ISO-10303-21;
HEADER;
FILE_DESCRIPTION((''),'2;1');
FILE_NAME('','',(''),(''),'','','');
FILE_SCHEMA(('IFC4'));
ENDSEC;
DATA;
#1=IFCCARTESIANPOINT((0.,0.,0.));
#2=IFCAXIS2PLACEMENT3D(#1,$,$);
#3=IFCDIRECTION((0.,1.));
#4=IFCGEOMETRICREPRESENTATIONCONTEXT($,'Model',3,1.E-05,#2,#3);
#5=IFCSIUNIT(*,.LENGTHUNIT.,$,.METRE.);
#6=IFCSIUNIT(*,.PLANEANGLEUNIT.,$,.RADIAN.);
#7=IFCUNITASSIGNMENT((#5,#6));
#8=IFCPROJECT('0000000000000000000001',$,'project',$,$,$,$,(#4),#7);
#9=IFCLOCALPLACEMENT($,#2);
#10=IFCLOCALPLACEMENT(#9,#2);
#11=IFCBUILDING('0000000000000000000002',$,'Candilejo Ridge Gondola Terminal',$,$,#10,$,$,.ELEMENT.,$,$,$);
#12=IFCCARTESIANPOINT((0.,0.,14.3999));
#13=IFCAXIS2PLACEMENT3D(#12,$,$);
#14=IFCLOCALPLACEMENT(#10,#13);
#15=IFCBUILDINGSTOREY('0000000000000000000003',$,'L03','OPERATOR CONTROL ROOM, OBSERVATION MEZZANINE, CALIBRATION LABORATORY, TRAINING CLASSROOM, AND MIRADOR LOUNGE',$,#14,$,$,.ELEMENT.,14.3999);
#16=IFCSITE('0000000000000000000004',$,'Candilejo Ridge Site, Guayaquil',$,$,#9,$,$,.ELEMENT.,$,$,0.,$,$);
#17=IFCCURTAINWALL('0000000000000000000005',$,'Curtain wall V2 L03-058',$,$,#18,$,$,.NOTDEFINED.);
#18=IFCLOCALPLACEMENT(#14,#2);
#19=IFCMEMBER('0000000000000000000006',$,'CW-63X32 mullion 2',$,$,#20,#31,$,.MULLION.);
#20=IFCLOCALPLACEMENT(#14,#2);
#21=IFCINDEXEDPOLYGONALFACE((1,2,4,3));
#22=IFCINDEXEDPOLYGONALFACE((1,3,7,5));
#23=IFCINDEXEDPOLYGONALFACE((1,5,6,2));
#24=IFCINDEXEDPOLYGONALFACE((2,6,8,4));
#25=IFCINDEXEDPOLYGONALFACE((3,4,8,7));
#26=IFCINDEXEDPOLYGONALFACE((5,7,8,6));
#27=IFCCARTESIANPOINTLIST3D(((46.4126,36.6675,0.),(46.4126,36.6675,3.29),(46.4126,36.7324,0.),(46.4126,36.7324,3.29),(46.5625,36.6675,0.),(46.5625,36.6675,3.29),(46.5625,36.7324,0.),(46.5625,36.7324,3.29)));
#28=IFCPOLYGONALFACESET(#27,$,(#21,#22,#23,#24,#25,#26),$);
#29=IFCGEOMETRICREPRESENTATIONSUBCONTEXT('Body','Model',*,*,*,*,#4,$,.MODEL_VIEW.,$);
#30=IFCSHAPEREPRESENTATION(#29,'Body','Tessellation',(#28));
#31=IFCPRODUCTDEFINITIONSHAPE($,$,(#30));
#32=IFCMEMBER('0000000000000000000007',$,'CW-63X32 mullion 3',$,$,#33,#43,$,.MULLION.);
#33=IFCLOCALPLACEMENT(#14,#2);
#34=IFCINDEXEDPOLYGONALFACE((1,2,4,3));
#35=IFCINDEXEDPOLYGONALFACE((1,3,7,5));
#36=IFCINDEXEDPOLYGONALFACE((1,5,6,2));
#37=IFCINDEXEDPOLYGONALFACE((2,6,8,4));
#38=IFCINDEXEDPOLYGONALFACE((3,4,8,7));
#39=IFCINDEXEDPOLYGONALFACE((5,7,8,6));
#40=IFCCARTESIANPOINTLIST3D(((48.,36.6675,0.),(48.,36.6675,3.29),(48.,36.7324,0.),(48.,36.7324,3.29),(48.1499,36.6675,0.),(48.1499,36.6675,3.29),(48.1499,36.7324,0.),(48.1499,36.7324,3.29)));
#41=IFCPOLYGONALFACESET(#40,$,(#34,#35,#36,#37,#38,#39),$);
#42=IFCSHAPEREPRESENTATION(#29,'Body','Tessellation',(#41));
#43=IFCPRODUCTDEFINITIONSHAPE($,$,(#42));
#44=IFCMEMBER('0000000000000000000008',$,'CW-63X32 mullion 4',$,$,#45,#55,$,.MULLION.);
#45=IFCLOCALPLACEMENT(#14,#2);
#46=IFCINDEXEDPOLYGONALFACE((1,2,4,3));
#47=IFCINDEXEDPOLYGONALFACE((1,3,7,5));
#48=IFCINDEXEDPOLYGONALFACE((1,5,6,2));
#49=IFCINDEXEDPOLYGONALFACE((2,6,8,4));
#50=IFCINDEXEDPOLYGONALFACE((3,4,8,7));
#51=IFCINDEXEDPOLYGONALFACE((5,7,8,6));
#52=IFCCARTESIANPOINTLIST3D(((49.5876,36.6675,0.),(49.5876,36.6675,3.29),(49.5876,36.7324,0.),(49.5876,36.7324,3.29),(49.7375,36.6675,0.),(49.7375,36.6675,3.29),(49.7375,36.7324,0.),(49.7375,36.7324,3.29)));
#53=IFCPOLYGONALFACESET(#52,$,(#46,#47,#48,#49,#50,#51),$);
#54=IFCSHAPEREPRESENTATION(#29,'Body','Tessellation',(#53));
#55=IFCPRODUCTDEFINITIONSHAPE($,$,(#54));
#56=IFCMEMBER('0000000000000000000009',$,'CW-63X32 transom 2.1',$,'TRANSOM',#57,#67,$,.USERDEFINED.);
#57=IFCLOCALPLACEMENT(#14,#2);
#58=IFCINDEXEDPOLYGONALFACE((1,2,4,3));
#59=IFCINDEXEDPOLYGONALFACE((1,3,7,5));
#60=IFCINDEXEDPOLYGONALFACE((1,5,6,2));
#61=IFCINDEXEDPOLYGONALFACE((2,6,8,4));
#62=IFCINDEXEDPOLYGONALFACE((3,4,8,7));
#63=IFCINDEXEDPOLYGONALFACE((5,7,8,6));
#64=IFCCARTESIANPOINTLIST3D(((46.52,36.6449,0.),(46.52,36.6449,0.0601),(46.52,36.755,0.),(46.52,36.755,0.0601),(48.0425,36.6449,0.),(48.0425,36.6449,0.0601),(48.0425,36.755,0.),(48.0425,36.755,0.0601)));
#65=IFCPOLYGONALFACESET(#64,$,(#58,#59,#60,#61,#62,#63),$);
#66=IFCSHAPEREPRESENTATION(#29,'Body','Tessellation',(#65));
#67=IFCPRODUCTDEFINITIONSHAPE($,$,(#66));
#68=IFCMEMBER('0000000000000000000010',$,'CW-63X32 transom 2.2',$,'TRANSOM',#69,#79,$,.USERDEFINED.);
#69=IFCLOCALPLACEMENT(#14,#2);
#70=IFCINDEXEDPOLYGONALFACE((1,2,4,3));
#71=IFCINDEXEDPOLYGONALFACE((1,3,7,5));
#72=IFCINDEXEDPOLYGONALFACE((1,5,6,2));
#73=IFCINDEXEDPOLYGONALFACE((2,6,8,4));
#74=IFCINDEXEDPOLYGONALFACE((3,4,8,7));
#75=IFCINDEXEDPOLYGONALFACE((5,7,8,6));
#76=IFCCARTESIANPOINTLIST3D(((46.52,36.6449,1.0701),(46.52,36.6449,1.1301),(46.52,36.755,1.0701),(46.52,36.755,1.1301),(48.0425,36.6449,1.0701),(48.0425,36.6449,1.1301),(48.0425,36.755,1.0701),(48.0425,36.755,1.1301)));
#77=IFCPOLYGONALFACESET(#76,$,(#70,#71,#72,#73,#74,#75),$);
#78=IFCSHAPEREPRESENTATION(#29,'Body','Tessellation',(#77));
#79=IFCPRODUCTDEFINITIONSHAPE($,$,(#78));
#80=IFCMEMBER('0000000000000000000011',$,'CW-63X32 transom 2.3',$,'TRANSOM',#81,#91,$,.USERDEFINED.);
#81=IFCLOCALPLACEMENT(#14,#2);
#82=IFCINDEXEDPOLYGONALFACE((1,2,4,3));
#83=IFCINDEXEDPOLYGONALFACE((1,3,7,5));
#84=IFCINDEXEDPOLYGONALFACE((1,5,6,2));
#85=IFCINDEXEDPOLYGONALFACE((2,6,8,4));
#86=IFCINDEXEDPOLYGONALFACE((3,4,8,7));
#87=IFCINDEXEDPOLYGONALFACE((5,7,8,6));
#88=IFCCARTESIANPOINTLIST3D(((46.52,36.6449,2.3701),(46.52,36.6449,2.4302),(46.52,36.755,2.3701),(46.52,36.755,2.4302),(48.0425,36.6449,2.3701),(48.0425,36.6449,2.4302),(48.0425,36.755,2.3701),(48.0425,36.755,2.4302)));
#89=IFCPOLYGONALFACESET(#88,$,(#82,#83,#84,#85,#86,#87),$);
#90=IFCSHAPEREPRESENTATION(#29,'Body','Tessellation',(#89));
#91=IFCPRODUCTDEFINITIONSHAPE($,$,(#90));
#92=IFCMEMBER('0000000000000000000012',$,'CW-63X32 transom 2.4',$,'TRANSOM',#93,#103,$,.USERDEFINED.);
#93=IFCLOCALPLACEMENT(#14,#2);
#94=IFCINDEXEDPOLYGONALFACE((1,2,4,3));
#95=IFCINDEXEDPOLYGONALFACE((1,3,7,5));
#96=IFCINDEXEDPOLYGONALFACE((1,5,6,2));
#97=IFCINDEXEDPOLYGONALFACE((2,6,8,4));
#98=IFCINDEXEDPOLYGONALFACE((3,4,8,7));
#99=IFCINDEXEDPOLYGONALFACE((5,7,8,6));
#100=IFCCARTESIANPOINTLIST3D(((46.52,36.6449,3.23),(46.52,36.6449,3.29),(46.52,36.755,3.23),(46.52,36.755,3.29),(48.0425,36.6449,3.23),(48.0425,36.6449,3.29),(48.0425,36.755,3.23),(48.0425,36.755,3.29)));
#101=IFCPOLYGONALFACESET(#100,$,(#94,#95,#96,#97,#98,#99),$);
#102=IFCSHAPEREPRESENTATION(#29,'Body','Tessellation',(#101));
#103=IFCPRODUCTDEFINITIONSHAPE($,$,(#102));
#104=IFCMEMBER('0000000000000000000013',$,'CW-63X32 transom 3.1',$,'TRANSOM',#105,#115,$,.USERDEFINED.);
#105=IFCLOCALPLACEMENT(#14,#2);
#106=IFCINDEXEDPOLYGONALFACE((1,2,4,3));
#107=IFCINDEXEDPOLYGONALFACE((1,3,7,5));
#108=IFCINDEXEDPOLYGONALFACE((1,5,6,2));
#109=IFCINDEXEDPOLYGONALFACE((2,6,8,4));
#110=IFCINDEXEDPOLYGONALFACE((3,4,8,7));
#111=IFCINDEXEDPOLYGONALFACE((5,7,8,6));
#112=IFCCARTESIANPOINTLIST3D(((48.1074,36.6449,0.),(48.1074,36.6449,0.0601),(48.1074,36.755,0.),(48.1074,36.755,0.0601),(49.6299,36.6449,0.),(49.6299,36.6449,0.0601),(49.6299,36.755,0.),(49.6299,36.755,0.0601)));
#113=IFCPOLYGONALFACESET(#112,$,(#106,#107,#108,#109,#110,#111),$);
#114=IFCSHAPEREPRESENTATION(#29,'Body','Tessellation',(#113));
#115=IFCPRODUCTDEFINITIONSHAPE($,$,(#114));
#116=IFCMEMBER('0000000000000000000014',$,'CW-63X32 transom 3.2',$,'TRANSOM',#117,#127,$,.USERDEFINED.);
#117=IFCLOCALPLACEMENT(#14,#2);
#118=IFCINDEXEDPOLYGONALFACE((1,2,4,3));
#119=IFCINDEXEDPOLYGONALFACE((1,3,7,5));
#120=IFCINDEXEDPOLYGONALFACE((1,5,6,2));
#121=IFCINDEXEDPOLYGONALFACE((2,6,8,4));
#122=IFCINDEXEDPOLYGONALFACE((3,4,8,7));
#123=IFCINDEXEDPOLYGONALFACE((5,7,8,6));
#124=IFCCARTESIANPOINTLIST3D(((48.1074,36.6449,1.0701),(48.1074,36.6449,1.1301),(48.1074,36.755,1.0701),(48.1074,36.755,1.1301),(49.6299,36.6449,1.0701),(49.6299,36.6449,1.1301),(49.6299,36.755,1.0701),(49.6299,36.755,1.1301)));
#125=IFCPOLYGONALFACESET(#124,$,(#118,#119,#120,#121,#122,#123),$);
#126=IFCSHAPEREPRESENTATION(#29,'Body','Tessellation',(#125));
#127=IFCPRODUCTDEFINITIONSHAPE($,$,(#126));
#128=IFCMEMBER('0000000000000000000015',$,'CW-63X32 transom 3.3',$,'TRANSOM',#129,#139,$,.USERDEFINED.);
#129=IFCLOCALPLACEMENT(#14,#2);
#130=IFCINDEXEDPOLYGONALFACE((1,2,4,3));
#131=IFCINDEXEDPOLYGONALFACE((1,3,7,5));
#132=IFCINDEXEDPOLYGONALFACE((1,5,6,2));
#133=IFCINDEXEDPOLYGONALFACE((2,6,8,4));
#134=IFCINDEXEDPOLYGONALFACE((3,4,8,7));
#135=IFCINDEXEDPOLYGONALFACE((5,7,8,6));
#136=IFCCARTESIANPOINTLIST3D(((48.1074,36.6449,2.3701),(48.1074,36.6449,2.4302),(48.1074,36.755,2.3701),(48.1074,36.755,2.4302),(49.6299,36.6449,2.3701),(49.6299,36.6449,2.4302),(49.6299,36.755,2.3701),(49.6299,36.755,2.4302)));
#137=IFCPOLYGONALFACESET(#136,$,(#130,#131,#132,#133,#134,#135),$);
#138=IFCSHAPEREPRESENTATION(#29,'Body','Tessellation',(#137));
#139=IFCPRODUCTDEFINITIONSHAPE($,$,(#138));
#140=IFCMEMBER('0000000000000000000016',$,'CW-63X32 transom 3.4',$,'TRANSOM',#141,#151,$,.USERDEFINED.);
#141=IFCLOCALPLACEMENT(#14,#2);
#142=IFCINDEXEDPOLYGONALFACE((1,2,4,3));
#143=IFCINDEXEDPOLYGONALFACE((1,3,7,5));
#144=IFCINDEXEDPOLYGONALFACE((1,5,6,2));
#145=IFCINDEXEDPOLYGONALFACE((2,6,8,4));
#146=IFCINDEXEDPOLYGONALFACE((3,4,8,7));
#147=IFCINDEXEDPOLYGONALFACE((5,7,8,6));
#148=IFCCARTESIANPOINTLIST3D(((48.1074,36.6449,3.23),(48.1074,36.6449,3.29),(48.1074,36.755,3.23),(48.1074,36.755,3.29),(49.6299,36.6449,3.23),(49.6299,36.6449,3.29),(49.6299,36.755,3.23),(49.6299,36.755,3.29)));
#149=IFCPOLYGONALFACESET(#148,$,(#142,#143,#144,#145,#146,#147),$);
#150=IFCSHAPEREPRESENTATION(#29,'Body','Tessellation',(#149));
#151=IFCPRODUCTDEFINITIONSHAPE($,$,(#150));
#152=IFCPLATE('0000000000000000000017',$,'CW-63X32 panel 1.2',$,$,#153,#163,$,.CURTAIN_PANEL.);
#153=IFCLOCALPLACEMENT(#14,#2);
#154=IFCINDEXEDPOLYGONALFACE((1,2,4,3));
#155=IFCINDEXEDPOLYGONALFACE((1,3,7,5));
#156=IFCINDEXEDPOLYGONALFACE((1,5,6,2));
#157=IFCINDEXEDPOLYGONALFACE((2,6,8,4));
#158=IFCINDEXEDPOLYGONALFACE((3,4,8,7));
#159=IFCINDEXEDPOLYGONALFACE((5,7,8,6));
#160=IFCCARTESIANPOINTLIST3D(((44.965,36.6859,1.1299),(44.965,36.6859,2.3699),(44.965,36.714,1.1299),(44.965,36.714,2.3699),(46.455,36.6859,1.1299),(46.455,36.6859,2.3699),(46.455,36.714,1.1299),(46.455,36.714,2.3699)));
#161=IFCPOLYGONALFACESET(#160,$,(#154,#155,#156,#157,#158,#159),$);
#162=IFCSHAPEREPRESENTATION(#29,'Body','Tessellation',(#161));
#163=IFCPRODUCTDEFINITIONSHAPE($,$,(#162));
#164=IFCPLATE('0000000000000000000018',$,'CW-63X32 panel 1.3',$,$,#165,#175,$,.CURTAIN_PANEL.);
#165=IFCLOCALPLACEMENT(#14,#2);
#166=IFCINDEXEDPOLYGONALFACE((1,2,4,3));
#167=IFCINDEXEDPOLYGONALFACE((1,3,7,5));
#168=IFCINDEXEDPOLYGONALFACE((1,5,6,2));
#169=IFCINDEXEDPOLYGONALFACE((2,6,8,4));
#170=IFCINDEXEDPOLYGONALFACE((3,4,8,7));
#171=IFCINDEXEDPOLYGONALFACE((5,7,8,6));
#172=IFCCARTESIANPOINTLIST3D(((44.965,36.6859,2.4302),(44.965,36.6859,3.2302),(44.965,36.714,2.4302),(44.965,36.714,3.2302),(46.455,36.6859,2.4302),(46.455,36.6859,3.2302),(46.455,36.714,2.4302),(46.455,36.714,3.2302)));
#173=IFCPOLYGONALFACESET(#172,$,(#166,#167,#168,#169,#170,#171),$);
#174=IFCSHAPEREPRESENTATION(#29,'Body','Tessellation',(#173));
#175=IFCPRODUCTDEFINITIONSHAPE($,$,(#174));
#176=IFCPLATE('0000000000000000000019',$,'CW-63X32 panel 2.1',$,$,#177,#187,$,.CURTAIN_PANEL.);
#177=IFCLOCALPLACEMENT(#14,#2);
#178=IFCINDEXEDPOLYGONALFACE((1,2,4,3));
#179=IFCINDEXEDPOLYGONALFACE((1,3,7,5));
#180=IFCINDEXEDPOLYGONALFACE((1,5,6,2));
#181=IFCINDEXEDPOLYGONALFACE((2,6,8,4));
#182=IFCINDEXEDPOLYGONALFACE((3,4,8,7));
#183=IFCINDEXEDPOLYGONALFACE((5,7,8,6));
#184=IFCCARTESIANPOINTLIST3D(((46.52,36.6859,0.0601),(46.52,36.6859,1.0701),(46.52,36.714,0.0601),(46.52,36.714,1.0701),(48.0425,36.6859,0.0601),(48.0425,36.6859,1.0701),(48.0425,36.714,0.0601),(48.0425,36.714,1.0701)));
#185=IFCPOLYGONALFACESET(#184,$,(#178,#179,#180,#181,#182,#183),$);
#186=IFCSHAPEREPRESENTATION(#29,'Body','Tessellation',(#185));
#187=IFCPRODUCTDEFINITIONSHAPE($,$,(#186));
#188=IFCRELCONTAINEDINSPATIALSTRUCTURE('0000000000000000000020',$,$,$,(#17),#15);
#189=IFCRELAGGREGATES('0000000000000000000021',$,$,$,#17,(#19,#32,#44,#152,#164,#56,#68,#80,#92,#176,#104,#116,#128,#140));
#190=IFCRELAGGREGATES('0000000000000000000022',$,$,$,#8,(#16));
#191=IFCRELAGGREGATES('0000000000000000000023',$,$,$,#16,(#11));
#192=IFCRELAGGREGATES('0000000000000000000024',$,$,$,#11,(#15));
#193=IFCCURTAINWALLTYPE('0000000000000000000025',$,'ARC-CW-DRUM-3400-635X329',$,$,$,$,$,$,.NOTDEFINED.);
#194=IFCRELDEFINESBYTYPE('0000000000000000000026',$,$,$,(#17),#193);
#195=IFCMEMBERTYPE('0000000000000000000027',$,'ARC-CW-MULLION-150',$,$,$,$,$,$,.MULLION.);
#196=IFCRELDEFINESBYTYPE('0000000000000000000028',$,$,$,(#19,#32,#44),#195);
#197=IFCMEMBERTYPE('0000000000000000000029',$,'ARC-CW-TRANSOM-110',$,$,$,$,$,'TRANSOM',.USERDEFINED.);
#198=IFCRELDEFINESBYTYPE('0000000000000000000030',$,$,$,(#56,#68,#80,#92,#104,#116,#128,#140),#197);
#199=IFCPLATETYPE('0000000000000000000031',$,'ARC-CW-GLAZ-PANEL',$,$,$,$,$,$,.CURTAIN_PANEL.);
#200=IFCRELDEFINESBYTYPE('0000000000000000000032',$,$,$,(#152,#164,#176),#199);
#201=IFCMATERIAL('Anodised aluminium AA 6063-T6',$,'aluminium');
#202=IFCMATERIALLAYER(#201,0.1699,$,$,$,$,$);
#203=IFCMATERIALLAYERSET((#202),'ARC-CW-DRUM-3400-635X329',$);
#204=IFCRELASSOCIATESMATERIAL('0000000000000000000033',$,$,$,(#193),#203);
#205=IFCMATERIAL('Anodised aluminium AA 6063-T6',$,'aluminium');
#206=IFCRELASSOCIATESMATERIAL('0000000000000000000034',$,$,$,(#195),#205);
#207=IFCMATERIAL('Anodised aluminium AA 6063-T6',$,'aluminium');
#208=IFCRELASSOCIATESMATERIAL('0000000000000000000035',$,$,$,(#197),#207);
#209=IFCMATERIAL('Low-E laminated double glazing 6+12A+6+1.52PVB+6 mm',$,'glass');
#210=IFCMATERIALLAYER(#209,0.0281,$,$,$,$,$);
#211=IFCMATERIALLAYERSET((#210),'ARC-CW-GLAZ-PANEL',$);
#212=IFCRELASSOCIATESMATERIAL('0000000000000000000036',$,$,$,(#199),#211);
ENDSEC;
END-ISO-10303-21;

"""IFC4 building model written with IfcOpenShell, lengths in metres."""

from ifc_helpers import new_model, si_unit, direction, frame, origin, origin_2d, place, context, subcontext, project, spatial, rectangle, extrude, material, layer, layer_set, material_profile, profile_set, type_object, element, aggregate, save


model = new_model("IFC4")

# Units and contexts
model_context = context("Model", 3, precision=1e-05, world=origin(), true_north=direction((0.0, 1.0)))
body_context = subcontext(model_context, "Body", "Model", "MODEL_VIEW")
ifc_project = project(units=[si_unit("LENGTHUNIT", "METRE"), si_unit("PLANEANGLEUNIT", "RADIAN")], contexts=[model_context])

# Site, building, storey
site_placement = place(None, origin())
site = spatial("IfcSite", under=ifc_project, at=site_placement, Name="Candilejo Ridge Site, Guayaquil", CompositionType="ELEMENT", RefElevation=0.0)
building_placement = place(site_placement, origin())
building = spatial("IfcBuilding", under=site, at=building_placement, Name="Candilejo Ridge Gondola Terminal", CompositionType="ELEMENT")
storey_placement = place(building_placement, frame((0.0, 0.0, 14.3999)))
storey = spatial("IfcBuildingStorey", under=building, at=storey_placement, Name="L03", Description="OPERATOR CONTROL ROOM, OBSERVATION MEZZANINE, CALIBRATION LABORATORY, TRAINING CLASSROOM, AND MIRADOR LOUNGE", CompositionType="ELEMENT", Elevation=14.3999)

# Curtain wall, members, plates
ifc_material_1 = material(Name="Anodised aluminium AA 6063-T6", Category="aluminium")
ifc_layer_1 = layer(ifc_material_1, 0.1699)
ifc_layer_set_1 = layer_set([ifc_layer_1], Name="ARC-CW-DRUM-3400-635X329")
curtain_wall_type = type_object("IfcCurtainWallType", Name="ARC-CW-DRUM-3400-635X329", PredefinedType="NOTDEFINED", material=ifc_layer_set_1)
curtain_wall_placement = place(storey_placement, origin())
curtain_wall = element("IfcCurtainWall", 1, at=curtain_wall_placement, inside=storey, type_object=curtain_wall_type, Name="Curtain wall V2 L03-058", PredefinedType="NOTDEFINED")
ifc_material_2 = material(Name="Anodised aluminium AA 6063-T6", Category="aluminium")
ifc_material_profile_1 = material_profile(ifc_material_2, rectangle(XDim=0.0649, YDim=0.1499, at=origin_2d()))
ifc_profile_set_1 = profile_set([ifc_material_profile_1], Name="Anodised aluminium AA 6063-T6")
member_type_1 = type_object("IfcMemberType", Name="ARC-CW-MULLION-150", PredefinedType="MULLION", material=ifc_profile_set_1)
member_1_placement = place(storey_placement, frame((46.4875, 36.7, 0.0), z_axis=(0.0, 0.0, 1.0), x_axis=(0.0, 1.0, 0.0)))
member_1 = element("IfcMember", 2, at=member_1_placement, type_object=member_type_1, Name="CW-63X32 mullion 2", PredefinedType="MULLION", context=body_context, shape_type="SweptSolid", body=[
    extrude(rectangle(XDim=0.0649, YDim=0.1499, at=origin_2d()), origin(), (0.0, 0.0, 1.0), 3.29),
])
member_2_placement = place(storey_placement, frame((48.075, 36.7, 0.0), z_axis=(0.0, 0.0, 1.0), x_axis=(0.0, 1.0, 0.0)))
member_2 = element("IfcMember", 3, at=member_2_placement, type_object=member_type_1, Name="CW-63X32 mullion 3", PredefinedType="MULLION", context=body_context, shape_type="SweptSolid", body=[
    extrude(rectangle(XDim=0.0649, YDim=0.1499, at=origin_2d()), origin(), (0.0, 0.0, 1.0), 3.29),
])
member_3_placement = place(storey_placement, frame((49.6626, 36.7, 0.0), z_axis=(0.0, 0.0, 1.0), x_axis=(0.0, 1.0, 0.0)))
member_3 = element("IfcMember", 4, at=member_3_placement, type_object=member_type_1, Name="CW-63X32 mullion 4", PredefinedType="MULLION", context=body_context, shape_type="SweptSolid", body=[
    extrude(rectangle(XDim=0.0649, YDim=0.1499, at=origin_2d()), origin(), (0.0, 0.0, 1.0), 3.29),
])
ifc_material_3 = material(Name="Anodised aluminium AA 6063-T6", Category="aluminium")
ifc_material_profile_2 = material_profile(ifc_material_3, rectangle(XDim=0.1101, YDim=0.0601, at=origin_2d()))
ifc_profile_set_2 = profile_set([ifc_material_profile_2], Name="Anodised aluminium AA 6063-T6")
member_type_2 = type_object("IfcMemberType", Name="ARC-CW-TRANSOM-110", ElementType="TRANSOM", PredefinedType="USERDEFINED", material=ifc_profile_set_2)
member_4_placement = place(storey_placement, frame((46.52, 36.7, 0.03), z_axis=(1.0, 0.0, 0.0), x_axis=(0.0, 1.0, 0.0)))
member_4 = element("IfcMember", 5, at=member_4_placement, type_object=member_type_2, Name="CW-63X32 transom 2.1", ObjectType="TRANSOM", PredefinedType="USERDEFINED", context=body_context, shape_type="SweptSolid", body=[
    extrude(rectangle(XDim=0.1101, YDim=0.0601, at=origin_2d()), origin(), (0.0, 0.0, 1.0), 1.5225),
])
member_5_placement = place(storey_placement, frame((46.52, 36.7, 1.1001), z_axis=(1.0, 0.0, 0.0), x_axis=(0.0, 1.0, 0.0)))
member_5 = element("IfcMember", 6, at=member_5_placement, type_object=member_type_2, Name="CW-63X32 transom 2.2", ObjectType="TRANSOM", PredefinedType="USERDEFINED", context=body_context, shape_type="SweptSolid", body=[
    extrude(rectangle(XDim=0.1101, YDim=0.0601, at=origin_2d()), origin(), (0.0, 0.0, 1.0), 1.5225),
])
member_6_placement = place(storey_placement, frame((46.52, 36.7, 2.4001), z_axis=(1.0, 0.0, 0.0), x_axis=(0.0, 1.0, 0.0)))
member_6 = element("IfcMember", 7, at=member_6_placement, type_object=member_type_2, Name="CW-63X32 transom 2.3", ObjectType="TRANSOM", PredefinedType="USERDEFINED", context=body_context, shape_type="SweptSolid", body=[
    extrude(rectangle(XDim=0.1101, YDim=0.0601, at=origin_2d()), origin(), (0.0, 0.0, 1.0), 1.5225),
])
member_7_placement = place(storey_placement, frame((46.52, 36.7, 3.26), z_axis=(1.0, 0.0, 0.0), x_axis=(0.0, 1.0, 0.0)))
member_7 = element("IfcMember", 8, at=member_7_placement, type_object=member_type_2, Name="CW-63X32 transom 2.4", ObjectType="TRANSOM", PredefinedType="USERDEFINED", context=body_context, shape_type="SweptSolid", body=[
    extrude(rectangle(XDim=0.1101, YDim=0.0601, at=origin_2d()), origin(), (0.0, 0.0, 1.0), 1.5225),
])
member_8_placement = place(storey_placement, frame((48.1074, 36.7, 0.03), z_axis=(1.0, 0.0, 0.0), x_axis=(0.0, 1.0, 0.0)))
member_8 = element("IfcMember", 9, at=member_8_placement, type_object=member_type_2, Name="CW-63X32 transom 3.1", ObjectType="TRANSOM", PredefinedType="USERDEFINED", context=body_context, shape_type="SweptSolid", body=[
    extrude(rectangle(XDim=0.1101, YDim=0.0601, at=origin_2d()), origin(), (0.0, 0.0, 1.0), 1.5225),
])
member_9_placement = place(storey_placement, frame((48.1074, 36.7, 1.1001), z_axis=(1.0, 0.0, 0.0), x_axis=(0.0, 1.0, 0.0)))
member_9 = element("IfcMember", 10, at=member_9_placement, type_object=member_type_2, Name="CW-63X32 transom 3.2", ObjectType="TRANSOM", PredefinedType="USERDEFINED", context=body_context, shape_type="SweptSolid", body=[
    extrude(rectangle(XDim=0.1101, YDim=0.0601, at=origin_2d()), origin(), (0.0, 0.0, 1.0), 1.5225),
])
member_10_placement = place(storey_placement, frame((48.1074, 36.7, 2.4001), z_axis=(1.0, 0.0, 0.0), x_axis=(0.0, 1.0, 0.0)))
member_10 = element("IfcMember", 11, at=member_10_placement, type_object=member_type_2, Name="CW-63X32 transom 3.3", ObjectType="TRANSOM", PredefinedType="USERDEFINED", context=body_context, shape_type="SweptSolid", body=[
    extrude(rectangle(XDim=0.1101, YDim=0.0601, at=origin_2d()), origin(), (0.0, 0.0, 1.0), 1.5225),
])
member_11_placement = place(storey_placement, frame((48.1074, 36.7, 3.26), z_axis=(1.0, 0.0, 0.0), x_axis=(0.0, 1.0, 0.0)))
member_11 = element("IfcMember", 12, at=member_11_placement, type_object=member_type_2, Name="CW-63X32 transom 3.4", ObjectType="TRANSOM", PredefinedType="USERDEFINED", context=body_context, shape_type="SweptSolid", body=[
    extrude(rectangle(XDim=0.1101, YDim=0.0601, at=origin_2d()), origin(), (0.0, 0.0, 1.0), 1.5225),
])
ifc_material_4 = material(Name="Low-E laminated double glazing 6+12A+6+1.52PVB+6 mm", Category="glass")
ifc_layer_2 = layer(ifc_material_4, 0.0281)
ifc_layer_set_2 = layer_set([ifc_layer_2], Name="ARC-CW-GLAZ-PANEL")
plate_type_1 = type_object("IfcPlateType", Name="ARC-CW-GLAZ-PANEL", PredefinedType="CURTAIN_PANEL", material=ifc_layer_set_2)
plate_1_placement = place(storey_placement, frame((45.71, 36.7, 1.1299), z_axis=(0.0, 0.0, 1.0), x_axis=(1.0, 0.0, 0.0)))
plate_1 = element("IfcPlate", 13, at=plate_1_placement, type_object=plate_type_1, Name="CW-63X32 panel 1.2", PredefinedType="CURTAIN_PANEL", context=body_context, shape_type="SweptSolid", body=[
    extrude(rectangle(XDim=1.49, YDim=0.0281, at=origin_2d()), origin(), (0.0, 0.0, 1.0), 1.24),
])
plate_2_placement = place(storey_placement, frame((45.71, 36.7, 2.4302), z_axis=(0.0, 0.0, 1.0), x_axis=(1.0, 0.0, 0.0)))
plate_2 = element("IfcPlate", 14, at=plate_2_placement, type_object=plate_type_1, Name="CW-63X32 panel 1.3", PredefinedType="CURTAIN_PANEL", context=body_context, shape_type="SweptSolid", body=[
    extrude(rectangle(XDim=1.49, YDim=0.0281, at=origin_2d()), origin(), (0.0, 0.0, 1.0), 0.8),
])
plate_3_placement = place(storey_placement, frame((47.2812, 36.7, 0.0601), z_axis=(0.0, 0.0, 1.0), x_axis=(1.0, 0.0, 0.0)))
plate_3 = element("IfcPlate", 15, at=plate_3_placement, type_object=plate_type_1, Name="CW-63X32 panel 2.1", PredefinedType="CURTAIN_PANEL", context=body_context, shape_type="SweptSolid", body=[
    extrude(rectangle(XDim=1.5225, YDim=0.0281, at=origin_2d()), origin(), (0.0, 0.0, 1.0), 1.01),
])
aggregate(curtain_wall, [member_1, member_2, member_3, plate_1, plate_2, member_4, member_5, member_6, member_7, plate_3, member_8, member_9, member_10, member_11])

save(model, "model.ifc")
